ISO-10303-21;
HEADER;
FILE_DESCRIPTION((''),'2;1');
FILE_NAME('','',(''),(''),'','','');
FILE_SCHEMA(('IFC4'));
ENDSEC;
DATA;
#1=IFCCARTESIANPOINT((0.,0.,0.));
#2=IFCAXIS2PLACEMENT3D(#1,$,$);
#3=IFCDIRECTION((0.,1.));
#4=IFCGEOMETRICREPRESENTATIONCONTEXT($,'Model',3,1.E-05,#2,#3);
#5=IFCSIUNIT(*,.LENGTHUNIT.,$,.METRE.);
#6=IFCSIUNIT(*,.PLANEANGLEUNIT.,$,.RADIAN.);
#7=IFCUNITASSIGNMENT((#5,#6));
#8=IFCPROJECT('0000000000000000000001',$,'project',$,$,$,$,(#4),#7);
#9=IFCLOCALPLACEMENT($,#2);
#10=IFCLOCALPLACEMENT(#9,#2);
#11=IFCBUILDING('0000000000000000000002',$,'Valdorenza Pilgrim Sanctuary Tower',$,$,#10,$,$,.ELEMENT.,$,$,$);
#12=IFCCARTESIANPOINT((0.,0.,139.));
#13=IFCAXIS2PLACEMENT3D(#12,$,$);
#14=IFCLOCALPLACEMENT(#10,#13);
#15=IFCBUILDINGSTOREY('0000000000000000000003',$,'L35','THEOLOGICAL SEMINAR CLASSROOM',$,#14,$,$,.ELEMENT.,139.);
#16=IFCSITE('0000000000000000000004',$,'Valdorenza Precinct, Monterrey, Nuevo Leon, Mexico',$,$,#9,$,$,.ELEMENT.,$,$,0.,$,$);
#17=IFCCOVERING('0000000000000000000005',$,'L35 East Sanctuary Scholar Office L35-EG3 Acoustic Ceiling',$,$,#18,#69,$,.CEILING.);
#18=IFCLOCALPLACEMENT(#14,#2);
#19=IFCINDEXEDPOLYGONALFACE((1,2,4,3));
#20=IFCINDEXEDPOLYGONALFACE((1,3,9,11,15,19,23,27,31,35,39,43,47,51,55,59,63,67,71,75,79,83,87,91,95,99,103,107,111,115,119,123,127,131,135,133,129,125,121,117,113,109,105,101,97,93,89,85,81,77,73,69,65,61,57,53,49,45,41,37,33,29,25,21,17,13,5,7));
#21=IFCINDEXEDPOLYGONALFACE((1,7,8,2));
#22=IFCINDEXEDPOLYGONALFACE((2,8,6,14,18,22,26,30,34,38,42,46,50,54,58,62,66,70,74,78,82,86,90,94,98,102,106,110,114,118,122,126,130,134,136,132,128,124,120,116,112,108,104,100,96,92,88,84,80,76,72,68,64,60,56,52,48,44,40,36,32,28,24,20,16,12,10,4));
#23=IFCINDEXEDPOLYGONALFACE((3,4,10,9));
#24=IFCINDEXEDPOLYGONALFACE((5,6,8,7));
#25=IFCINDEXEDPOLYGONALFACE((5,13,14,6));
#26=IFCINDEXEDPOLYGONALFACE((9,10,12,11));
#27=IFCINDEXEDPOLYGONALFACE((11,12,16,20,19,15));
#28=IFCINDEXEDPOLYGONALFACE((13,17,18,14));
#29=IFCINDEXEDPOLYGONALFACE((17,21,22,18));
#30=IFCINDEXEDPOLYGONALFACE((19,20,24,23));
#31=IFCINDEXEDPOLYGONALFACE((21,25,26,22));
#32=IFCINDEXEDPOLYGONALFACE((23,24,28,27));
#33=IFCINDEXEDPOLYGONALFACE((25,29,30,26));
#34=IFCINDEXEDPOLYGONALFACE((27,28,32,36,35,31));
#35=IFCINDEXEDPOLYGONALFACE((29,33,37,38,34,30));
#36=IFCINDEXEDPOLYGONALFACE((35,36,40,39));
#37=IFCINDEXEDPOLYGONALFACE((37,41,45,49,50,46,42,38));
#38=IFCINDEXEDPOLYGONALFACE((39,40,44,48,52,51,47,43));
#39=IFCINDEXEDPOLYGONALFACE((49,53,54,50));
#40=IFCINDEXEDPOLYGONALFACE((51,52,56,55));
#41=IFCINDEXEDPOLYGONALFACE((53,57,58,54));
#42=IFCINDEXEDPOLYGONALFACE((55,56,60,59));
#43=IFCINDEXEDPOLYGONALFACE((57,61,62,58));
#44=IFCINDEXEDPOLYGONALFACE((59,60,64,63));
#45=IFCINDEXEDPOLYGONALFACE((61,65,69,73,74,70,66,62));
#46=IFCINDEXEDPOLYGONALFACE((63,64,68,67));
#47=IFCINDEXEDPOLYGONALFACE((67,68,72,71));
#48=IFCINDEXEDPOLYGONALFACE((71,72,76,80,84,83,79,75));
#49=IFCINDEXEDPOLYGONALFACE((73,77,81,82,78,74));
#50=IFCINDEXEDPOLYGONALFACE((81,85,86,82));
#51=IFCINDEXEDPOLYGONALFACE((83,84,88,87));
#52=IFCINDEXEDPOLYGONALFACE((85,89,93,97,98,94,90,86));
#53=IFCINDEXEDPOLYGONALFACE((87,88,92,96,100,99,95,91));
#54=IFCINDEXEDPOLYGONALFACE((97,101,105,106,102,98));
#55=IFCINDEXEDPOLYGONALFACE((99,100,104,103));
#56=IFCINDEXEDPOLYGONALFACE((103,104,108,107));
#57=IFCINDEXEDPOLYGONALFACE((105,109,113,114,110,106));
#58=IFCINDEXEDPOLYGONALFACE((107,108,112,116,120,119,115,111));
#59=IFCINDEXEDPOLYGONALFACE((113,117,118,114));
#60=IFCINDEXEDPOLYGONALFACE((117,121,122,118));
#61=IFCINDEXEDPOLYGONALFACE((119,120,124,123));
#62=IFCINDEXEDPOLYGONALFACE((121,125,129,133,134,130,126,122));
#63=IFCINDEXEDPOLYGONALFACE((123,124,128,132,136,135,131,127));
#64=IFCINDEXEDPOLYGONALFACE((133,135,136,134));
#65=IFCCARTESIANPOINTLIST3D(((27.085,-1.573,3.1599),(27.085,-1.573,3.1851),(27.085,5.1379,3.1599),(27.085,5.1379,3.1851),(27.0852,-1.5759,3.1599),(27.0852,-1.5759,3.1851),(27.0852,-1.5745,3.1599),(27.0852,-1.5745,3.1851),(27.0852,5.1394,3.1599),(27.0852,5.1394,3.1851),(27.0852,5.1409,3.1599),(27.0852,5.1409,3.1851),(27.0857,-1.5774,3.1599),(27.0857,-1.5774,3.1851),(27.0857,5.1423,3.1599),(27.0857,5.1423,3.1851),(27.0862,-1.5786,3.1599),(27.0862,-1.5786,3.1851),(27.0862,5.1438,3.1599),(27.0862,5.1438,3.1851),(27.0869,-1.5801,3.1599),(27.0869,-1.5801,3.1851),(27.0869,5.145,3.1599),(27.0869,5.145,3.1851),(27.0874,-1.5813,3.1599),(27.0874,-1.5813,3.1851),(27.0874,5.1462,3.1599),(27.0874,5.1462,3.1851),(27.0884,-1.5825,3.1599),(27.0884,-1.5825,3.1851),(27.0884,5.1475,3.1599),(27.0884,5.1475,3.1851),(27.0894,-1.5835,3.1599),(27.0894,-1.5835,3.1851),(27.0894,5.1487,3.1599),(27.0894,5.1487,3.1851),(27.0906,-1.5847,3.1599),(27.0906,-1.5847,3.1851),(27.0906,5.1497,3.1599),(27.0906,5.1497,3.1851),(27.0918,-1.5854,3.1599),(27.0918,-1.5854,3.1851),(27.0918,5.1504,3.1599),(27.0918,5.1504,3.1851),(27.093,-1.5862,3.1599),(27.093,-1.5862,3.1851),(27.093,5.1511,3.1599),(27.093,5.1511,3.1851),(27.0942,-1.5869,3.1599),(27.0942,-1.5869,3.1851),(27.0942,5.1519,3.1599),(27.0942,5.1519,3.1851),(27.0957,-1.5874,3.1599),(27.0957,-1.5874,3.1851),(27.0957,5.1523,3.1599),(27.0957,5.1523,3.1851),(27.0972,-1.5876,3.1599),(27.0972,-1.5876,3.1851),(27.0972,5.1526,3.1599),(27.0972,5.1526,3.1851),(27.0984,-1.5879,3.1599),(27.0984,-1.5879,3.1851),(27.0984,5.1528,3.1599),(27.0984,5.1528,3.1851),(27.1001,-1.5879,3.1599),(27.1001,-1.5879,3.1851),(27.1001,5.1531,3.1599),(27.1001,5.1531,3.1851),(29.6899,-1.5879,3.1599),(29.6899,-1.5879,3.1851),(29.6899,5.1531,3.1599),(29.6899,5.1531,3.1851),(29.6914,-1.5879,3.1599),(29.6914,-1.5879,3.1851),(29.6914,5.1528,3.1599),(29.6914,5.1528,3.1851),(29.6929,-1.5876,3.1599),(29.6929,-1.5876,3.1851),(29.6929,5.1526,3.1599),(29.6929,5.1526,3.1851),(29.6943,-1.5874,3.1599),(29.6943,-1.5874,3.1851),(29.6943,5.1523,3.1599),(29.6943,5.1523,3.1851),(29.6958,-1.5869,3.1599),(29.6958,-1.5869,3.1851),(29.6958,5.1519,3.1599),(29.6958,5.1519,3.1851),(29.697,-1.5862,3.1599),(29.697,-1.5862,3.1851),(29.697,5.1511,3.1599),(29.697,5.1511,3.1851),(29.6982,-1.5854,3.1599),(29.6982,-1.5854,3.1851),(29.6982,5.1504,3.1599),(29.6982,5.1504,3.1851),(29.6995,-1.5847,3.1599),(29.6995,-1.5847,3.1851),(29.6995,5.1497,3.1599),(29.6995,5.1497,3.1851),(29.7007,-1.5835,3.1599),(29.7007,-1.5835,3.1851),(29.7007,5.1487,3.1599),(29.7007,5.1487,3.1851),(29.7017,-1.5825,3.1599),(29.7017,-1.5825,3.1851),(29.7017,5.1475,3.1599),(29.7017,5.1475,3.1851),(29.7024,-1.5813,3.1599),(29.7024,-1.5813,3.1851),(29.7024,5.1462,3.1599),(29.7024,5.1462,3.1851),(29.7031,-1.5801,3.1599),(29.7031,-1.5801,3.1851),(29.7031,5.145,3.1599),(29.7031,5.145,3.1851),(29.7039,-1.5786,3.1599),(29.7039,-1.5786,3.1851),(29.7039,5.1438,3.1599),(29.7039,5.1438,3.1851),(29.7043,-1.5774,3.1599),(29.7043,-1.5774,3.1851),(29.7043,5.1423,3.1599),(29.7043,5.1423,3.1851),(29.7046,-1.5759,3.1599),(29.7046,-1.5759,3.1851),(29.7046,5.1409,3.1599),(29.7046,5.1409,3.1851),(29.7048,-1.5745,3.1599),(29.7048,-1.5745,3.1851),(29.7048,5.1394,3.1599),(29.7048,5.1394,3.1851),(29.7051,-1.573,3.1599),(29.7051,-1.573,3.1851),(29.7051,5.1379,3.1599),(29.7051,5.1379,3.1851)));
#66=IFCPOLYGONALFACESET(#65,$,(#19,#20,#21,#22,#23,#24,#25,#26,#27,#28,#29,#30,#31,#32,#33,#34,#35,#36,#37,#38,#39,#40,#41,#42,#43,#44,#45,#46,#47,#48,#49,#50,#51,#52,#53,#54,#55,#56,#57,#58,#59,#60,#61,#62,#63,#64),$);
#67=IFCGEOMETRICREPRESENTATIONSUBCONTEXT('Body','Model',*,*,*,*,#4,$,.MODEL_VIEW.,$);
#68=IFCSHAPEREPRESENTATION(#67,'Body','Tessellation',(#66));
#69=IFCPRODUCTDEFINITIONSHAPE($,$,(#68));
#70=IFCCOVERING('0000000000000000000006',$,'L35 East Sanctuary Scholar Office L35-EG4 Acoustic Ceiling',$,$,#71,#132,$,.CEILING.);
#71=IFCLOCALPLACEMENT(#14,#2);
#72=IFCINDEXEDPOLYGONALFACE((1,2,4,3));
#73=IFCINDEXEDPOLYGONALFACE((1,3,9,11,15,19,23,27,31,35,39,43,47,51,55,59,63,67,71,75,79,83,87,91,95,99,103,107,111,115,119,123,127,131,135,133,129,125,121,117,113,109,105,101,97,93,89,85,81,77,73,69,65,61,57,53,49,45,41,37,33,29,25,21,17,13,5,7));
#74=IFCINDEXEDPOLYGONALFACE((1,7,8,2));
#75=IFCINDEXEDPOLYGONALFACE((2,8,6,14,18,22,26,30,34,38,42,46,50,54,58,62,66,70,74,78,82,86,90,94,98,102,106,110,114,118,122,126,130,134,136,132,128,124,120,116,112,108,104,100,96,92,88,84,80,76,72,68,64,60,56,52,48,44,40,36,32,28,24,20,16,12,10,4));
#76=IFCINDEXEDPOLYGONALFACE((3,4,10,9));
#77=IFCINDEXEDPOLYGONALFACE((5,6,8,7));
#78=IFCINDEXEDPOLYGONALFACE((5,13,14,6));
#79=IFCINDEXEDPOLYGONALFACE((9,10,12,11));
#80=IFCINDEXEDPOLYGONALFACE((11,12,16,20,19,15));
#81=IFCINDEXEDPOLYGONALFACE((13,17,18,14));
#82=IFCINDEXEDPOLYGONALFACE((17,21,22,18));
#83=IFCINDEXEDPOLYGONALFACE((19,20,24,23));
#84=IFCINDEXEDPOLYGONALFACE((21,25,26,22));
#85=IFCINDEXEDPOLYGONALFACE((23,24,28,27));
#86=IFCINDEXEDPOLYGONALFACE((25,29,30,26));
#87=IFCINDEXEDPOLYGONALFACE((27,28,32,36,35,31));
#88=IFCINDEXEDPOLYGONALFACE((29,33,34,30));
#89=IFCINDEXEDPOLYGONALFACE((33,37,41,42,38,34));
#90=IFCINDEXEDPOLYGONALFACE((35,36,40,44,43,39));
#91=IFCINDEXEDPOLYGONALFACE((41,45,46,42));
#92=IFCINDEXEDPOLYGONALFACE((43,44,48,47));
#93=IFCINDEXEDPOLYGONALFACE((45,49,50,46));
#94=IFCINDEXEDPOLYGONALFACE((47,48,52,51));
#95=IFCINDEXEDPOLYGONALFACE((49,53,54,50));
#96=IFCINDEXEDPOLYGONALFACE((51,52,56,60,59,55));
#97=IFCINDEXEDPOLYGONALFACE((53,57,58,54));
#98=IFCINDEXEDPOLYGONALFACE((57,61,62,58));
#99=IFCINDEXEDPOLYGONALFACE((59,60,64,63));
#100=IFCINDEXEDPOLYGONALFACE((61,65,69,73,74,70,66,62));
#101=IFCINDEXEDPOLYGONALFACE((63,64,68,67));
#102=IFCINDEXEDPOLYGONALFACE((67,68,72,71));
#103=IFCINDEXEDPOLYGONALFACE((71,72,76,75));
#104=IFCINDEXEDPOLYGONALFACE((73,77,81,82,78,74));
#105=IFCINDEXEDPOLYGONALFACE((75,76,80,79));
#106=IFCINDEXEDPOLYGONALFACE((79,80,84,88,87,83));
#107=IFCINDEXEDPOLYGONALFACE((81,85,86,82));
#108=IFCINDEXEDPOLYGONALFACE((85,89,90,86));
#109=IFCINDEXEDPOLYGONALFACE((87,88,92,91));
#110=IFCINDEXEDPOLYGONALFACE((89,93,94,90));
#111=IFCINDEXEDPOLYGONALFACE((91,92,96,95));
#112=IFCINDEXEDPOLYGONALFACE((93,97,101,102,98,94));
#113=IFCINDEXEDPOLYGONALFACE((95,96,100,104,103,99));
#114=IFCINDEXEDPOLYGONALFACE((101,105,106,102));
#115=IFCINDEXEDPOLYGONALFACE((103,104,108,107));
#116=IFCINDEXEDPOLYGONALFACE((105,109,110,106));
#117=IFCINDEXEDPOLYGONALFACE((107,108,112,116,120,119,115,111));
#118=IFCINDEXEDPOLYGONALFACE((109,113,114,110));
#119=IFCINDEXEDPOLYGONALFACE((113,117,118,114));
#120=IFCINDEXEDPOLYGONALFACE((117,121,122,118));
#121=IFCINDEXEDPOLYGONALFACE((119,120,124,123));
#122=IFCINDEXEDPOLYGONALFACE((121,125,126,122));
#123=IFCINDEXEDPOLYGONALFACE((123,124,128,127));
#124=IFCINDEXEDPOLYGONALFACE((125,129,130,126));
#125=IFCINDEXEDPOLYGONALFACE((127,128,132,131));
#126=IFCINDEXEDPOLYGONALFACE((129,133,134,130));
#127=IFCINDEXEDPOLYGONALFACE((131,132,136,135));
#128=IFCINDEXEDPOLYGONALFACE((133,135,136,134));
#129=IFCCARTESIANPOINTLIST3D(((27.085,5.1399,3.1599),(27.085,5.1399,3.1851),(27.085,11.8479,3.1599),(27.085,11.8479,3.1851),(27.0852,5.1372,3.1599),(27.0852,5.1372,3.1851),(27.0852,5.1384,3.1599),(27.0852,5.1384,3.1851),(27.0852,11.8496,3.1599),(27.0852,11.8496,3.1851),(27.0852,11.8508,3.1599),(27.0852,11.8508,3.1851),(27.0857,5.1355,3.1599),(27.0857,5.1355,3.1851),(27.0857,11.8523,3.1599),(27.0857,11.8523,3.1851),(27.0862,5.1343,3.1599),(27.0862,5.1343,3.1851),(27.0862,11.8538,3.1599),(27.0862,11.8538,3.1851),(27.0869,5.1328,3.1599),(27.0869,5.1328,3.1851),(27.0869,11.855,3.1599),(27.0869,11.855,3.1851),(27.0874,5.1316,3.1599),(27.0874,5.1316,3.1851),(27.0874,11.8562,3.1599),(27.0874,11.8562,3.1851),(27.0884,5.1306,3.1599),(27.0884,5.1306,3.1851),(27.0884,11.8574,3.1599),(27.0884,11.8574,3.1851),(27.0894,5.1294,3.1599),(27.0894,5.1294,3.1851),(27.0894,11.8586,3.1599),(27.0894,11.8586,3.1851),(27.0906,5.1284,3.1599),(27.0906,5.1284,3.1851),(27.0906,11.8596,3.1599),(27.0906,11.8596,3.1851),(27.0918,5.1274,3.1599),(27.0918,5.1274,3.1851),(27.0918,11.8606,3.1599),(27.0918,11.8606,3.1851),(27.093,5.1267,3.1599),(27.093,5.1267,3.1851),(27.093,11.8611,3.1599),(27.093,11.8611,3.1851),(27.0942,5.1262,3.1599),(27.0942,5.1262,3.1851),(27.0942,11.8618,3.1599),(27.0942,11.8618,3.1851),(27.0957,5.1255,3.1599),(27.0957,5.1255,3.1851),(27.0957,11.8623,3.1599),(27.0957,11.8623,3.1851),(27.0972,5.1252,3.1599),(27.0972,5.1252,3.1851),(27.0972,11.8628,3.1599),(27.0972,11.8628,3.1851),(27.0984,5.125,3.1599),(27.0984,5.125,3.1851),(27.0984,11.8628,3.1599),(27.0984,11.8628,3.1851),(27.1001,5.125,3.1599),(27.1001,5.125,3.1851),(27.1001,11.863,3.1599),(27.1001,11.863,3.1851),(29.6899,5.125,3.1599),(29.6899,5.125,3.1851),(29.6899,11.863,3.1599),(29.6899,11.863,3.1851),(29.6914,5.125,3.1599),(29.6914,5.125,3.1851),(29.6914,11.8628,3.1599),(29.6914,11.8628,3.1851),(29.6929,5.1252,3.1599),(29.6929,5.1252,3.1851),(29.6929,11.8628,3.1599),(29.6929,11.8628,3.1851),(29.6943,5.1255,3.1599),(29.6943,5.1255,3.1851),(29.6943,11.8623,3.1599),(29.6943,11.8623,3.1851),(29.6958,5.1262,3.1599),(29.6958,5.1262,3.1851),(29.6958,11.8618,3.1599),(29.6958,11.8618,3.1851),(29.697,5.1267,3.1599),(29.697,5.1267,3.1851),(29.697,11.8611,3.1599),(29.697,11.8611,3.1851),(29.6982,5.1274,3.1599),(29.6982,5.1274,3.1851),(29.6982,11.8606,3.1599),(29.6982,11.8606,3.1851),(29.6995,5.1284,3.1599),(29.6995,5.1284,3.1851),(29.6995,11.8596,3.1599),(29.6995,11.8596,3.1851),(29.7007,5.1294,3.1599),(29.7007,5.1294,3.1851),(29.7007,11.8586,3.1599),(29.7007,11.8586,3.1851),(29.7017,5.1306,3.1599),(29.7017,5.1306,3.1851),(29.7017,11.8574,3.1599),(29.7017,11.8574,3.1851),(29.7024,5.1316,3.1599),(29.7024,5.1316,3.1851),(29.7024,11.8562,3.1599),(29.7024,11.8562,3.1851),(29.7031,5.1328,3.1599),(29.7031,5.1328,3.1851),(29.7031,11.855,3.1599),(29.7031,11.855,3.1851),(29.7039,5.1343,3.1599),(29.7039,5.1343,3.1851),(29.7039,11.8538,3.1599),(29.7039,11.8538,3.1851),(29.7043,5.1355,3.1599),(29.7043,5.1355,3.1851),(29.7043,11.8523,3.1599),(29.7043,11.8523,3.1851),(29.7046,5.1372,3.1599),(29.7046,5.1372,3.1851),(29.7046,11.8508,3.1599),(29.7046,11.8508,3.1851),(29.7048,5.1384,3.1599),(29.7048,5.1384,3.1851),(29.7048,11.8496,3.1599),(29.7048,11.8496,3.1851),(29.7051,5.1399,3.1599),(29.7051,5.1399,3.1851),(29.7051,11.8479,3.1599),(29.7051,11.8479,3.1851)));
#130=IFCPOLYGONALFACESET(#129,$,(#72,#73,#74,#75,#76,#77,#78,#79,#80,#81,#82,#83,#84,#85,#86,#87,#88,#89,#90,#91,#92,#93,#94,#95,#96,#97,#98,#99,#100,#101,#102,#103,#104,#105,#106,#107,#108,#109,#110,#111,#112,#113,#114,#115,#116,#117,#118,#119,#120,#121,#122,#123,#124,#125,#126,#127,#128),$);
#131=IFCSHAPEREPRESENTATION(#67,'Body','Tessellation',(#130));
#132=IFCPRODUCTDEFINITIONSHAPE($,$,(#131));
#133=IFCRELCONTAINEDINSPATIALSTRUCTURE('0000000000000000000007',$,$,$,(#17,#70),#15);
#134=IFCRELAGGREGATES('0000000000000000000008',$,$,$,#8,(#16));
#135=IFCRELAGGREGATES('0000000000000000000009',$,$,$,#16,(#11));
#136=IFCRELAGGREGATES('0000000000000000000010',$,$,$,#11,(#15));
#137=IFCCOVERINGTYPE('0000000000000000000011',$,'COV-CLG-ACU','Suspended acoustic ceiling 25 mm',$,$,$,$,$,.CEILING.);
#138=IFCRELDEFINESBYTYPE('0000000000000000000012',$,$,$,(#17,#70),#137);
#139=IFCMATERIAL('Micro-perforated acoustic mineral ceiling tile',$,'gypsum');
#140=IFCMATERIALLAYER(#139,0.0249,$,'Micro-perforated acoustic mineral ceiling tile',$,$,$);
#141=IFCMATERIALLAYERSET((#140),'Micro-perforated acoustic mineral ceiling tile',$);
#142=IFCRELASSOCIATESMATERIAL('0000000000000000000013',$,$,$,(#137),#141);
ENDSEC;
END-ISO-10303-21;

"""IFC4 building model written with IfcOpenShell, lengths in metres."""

from ifc_helpers import new_model, si_unit, direction, frame, origin, place, context, subcontext, project, spatial, polyline, outline, extrude, material, layer, layer_set, type_object, element, save


model = new_model("IFC4")

# Units and contexts
model_context = context("Model", 3, precision=1e-05, world=origin(), true_north=direction((0.0, 1.0)))
body_context = subcontext(model_context, "Body", "Model", "MODEL_VIEW")
ifc_project = project(units=[si_unit("LENGTHUNIT", "METRE"), si_unit("PLANEANGLEUNIT", "RADIAN")], contexts=[model_context])

# Site, building, storey
site_placement = place(None, origin())
site = spatial("IfcSite", under=ifc_project, at=site_placement, Name="Valdorenza Precinct, Monterrey, Nuevo Leon, Mexico", CompositionType="ELEMENT", RefElevation=0.0)
building_placement = place(site_placement, origin())
building = spatial("IfcBuilding", under=site, at=building_placement, Name="Valdorenza Pilgrim Sanctuary Tower", CompositionType="ELEMENT")
storey_placement = place(building_placement, frame((0.0, 0.0, 139.0)))
storey = spatial("IfcBuildingStorey", under=building, at=storey_placement, Name="L35", Description="THEOLOGICAL SEMINAR CLASSROOM", CompositionType="ELEMENT", Elevation=139.0)

# Coverings
ifc_material_1 = material(Name="Micro-perforated acoustic mineral ceiling tile", Category="gypsum")
ifc_layer_1 = layer(ifc_material_1, 0.0249, Name="Micro-perforated acoustic mineral ceiling tile")
ifc_layer_set_1 = layer_set([ifc_layer_1], Name="Micro-perforated acoustic mineral ceiling tile")
covering_type_1 = type_object("IfcCoveringType", Name="COV-CLG-ACU", Description="Suspended acoustic ceiling 25 mm", PredefinedType="CEILING", material=ifc_layer_set_1)
covering_1_placement = place(storey_placement, frame((0.0, 0.0, 3.1599)))
element("IfcCovering", 1, at=covering_1_placement, inside=storey, type_object=covering_type_1, Name="L35 East Sanctuary Scholar Office L35-EG3 Acoustic Ceiling", PredefinedType="CEILING", context=body_context, shape_type="SweptSolid", body=[
    extrude(outline(polyline([(27.085, 5.1379), (27.0852, 5.1394), (27.0852, 5.1409), (27.0857, 5.1423), (27.0862, 5.1438), (27.0869, 5.145), (27.0874, 5.1462), (27.0884, 5.1475), (27.0894, 5.1487), (27.0906, 5.1497), (27.0918, 5.1504), (27.093, 5.1511), (27.0942, 5.1519), (27.0957, 5.1523), (27.0972, 5.1526), (27.0984, 5.1528), (27.1001, 5.1531), (29.6899, 5.1531), (29.6914, 5.1528), (29.6929, 5.1526), (29.6943, 5.1523), (29.6958, 5.1519), (29.697, 5.1511), (29.6982, 5.1504), (29.6995, 5.1497), (29.7007, 5.1487), (29.7017, 5.1475), (29.7024, 5.1462), (29.7031, 5.145), (29.7039, 5.1438), (29.7043, 5.1423), (29.7046, 5.1409), (29.7048, 5.1394), (29.7051, 5.1379), (29.7051, -1.573), (29.7048, -1.5745), (29.7046, -1.5759), (29.7043, -1.5774), (29.7039, -1.5786), (29.7031, -1.5801), (29.7024, -1.5813), (29.7017, -1.5825), (29.7007, -1.5835), (29.6995, -1.5847), (29.6982, -1.5854), (29.697, -1.5862), (29.6958, -1.5869), (29.6943, -1.5874), (29.6929, -1.5876), (29.6914, -1.5879), (29.6899, -1.5879), (27.1001, -1.5879), (27.0984, -1.5879), (27.0972, -1.5876), (27.0957, -1.5874), (27.0942, -1.5869), (27.093, -1.5862), (27.0918, -1.5854), (27.0906, -1.5847), (27.0894, -1.5835), (27.0884, -1.5825), (27.0874, -1.5813), (27.0869, -1.5801), (27.0862, -1.5786), (27.0857, -1.5774), (27.0852, -1.5759), (27.0852, -1.5745), (27.085, -1.573), (27.085, 5.1379)])), origin(), (0.0, 0.0, 1.0), 0.0251),
])
covering_2_placement = place(storey_placement, frame((0.0, 0.0, 3.1599)))
element("IfcCovering", 2, at=covering_2_placement, inside=storey, type_object=covering_type_1, Name="L35 East Sanctuary Scholar Office L35-EG4 Acoustic Ceiling", PredefinedType="CEILING", context=body_context, shape_type="SweptSolid", body=[
    extrude(outline(polyline([(27.085, 11.8479), (27.0852, 11.8496), (27.0852, 11.8508), (27.0857, 11.8523), (27.0862, 11.8538), (27.0869, 11.855), (27.0874, 11.8562), (27.0884, 11.8574), (27.0894, 11.8586), (27.0906, 11.8596), (27.0918, 11.8606), (27.093, 11.8611), (27.0942, 11.8618), (27.0957, 11.8623), (27.0972, 11.8628), (27.0984, 11.8628), (27.1001, 11.863), (29.6899, 11.863), (29.6914, 11.8628), (29.6929, 11.8628), (29.6943, 11.8623), (29.6958, 11.8618), (29.697, 11.8611), (29.6982, 11.8606), (29.6995, 11.8596), (29.7007, 11.8586), (29.7017, 11.8574), (29.7024, 11.8562), (29.7031, 11.855), (29.7039, 11.8538), (29.7043, 11.8523), (29.7046, 11.8508), (29.7048, 11.8496), (29.7051, 11.8479), (29.7051, 5.1399), (29.7048, 5.1384), (29.7046, 5.1372), (29.7043, 5.1355), (29.7039, 5.1343), (29.7031, 5.1328), (29.7024, 5.1316), (29.7017, 5.1306), (29.7007, 5.1294), (29.6995, 5.1284), (29.6982, 5.1274), (29.697, 5.1267), (29.6958, 5.1262), (29.6943, 5.1255), (29.6929, 5.1252), (29.6914, 5.125), (29.6899, 5.125), (27.1001, 5.125), (27.0984, 5.125), (27.0972, 5.1252), (27.0957, 5.1255), (27.0942, 5.1262), (27.093, 5.1267), (27.0918, 5.1274), (27.0906, 5.1284), (27.0894, 5.1294), (27.0884, 5.1306), (27.0874, 5.1316), (27.0869, 5.1328), (27.0862, 5.1343), (27.0857, 5.1355), (27.0852, 5.1372), (27.0852, 5.1384), (27.085, 5.1399), (27.085, 11.8479)])), origin(), (0.0, 0.0, 1.0), 0.0251),
])

save(model, "model.ifc")
